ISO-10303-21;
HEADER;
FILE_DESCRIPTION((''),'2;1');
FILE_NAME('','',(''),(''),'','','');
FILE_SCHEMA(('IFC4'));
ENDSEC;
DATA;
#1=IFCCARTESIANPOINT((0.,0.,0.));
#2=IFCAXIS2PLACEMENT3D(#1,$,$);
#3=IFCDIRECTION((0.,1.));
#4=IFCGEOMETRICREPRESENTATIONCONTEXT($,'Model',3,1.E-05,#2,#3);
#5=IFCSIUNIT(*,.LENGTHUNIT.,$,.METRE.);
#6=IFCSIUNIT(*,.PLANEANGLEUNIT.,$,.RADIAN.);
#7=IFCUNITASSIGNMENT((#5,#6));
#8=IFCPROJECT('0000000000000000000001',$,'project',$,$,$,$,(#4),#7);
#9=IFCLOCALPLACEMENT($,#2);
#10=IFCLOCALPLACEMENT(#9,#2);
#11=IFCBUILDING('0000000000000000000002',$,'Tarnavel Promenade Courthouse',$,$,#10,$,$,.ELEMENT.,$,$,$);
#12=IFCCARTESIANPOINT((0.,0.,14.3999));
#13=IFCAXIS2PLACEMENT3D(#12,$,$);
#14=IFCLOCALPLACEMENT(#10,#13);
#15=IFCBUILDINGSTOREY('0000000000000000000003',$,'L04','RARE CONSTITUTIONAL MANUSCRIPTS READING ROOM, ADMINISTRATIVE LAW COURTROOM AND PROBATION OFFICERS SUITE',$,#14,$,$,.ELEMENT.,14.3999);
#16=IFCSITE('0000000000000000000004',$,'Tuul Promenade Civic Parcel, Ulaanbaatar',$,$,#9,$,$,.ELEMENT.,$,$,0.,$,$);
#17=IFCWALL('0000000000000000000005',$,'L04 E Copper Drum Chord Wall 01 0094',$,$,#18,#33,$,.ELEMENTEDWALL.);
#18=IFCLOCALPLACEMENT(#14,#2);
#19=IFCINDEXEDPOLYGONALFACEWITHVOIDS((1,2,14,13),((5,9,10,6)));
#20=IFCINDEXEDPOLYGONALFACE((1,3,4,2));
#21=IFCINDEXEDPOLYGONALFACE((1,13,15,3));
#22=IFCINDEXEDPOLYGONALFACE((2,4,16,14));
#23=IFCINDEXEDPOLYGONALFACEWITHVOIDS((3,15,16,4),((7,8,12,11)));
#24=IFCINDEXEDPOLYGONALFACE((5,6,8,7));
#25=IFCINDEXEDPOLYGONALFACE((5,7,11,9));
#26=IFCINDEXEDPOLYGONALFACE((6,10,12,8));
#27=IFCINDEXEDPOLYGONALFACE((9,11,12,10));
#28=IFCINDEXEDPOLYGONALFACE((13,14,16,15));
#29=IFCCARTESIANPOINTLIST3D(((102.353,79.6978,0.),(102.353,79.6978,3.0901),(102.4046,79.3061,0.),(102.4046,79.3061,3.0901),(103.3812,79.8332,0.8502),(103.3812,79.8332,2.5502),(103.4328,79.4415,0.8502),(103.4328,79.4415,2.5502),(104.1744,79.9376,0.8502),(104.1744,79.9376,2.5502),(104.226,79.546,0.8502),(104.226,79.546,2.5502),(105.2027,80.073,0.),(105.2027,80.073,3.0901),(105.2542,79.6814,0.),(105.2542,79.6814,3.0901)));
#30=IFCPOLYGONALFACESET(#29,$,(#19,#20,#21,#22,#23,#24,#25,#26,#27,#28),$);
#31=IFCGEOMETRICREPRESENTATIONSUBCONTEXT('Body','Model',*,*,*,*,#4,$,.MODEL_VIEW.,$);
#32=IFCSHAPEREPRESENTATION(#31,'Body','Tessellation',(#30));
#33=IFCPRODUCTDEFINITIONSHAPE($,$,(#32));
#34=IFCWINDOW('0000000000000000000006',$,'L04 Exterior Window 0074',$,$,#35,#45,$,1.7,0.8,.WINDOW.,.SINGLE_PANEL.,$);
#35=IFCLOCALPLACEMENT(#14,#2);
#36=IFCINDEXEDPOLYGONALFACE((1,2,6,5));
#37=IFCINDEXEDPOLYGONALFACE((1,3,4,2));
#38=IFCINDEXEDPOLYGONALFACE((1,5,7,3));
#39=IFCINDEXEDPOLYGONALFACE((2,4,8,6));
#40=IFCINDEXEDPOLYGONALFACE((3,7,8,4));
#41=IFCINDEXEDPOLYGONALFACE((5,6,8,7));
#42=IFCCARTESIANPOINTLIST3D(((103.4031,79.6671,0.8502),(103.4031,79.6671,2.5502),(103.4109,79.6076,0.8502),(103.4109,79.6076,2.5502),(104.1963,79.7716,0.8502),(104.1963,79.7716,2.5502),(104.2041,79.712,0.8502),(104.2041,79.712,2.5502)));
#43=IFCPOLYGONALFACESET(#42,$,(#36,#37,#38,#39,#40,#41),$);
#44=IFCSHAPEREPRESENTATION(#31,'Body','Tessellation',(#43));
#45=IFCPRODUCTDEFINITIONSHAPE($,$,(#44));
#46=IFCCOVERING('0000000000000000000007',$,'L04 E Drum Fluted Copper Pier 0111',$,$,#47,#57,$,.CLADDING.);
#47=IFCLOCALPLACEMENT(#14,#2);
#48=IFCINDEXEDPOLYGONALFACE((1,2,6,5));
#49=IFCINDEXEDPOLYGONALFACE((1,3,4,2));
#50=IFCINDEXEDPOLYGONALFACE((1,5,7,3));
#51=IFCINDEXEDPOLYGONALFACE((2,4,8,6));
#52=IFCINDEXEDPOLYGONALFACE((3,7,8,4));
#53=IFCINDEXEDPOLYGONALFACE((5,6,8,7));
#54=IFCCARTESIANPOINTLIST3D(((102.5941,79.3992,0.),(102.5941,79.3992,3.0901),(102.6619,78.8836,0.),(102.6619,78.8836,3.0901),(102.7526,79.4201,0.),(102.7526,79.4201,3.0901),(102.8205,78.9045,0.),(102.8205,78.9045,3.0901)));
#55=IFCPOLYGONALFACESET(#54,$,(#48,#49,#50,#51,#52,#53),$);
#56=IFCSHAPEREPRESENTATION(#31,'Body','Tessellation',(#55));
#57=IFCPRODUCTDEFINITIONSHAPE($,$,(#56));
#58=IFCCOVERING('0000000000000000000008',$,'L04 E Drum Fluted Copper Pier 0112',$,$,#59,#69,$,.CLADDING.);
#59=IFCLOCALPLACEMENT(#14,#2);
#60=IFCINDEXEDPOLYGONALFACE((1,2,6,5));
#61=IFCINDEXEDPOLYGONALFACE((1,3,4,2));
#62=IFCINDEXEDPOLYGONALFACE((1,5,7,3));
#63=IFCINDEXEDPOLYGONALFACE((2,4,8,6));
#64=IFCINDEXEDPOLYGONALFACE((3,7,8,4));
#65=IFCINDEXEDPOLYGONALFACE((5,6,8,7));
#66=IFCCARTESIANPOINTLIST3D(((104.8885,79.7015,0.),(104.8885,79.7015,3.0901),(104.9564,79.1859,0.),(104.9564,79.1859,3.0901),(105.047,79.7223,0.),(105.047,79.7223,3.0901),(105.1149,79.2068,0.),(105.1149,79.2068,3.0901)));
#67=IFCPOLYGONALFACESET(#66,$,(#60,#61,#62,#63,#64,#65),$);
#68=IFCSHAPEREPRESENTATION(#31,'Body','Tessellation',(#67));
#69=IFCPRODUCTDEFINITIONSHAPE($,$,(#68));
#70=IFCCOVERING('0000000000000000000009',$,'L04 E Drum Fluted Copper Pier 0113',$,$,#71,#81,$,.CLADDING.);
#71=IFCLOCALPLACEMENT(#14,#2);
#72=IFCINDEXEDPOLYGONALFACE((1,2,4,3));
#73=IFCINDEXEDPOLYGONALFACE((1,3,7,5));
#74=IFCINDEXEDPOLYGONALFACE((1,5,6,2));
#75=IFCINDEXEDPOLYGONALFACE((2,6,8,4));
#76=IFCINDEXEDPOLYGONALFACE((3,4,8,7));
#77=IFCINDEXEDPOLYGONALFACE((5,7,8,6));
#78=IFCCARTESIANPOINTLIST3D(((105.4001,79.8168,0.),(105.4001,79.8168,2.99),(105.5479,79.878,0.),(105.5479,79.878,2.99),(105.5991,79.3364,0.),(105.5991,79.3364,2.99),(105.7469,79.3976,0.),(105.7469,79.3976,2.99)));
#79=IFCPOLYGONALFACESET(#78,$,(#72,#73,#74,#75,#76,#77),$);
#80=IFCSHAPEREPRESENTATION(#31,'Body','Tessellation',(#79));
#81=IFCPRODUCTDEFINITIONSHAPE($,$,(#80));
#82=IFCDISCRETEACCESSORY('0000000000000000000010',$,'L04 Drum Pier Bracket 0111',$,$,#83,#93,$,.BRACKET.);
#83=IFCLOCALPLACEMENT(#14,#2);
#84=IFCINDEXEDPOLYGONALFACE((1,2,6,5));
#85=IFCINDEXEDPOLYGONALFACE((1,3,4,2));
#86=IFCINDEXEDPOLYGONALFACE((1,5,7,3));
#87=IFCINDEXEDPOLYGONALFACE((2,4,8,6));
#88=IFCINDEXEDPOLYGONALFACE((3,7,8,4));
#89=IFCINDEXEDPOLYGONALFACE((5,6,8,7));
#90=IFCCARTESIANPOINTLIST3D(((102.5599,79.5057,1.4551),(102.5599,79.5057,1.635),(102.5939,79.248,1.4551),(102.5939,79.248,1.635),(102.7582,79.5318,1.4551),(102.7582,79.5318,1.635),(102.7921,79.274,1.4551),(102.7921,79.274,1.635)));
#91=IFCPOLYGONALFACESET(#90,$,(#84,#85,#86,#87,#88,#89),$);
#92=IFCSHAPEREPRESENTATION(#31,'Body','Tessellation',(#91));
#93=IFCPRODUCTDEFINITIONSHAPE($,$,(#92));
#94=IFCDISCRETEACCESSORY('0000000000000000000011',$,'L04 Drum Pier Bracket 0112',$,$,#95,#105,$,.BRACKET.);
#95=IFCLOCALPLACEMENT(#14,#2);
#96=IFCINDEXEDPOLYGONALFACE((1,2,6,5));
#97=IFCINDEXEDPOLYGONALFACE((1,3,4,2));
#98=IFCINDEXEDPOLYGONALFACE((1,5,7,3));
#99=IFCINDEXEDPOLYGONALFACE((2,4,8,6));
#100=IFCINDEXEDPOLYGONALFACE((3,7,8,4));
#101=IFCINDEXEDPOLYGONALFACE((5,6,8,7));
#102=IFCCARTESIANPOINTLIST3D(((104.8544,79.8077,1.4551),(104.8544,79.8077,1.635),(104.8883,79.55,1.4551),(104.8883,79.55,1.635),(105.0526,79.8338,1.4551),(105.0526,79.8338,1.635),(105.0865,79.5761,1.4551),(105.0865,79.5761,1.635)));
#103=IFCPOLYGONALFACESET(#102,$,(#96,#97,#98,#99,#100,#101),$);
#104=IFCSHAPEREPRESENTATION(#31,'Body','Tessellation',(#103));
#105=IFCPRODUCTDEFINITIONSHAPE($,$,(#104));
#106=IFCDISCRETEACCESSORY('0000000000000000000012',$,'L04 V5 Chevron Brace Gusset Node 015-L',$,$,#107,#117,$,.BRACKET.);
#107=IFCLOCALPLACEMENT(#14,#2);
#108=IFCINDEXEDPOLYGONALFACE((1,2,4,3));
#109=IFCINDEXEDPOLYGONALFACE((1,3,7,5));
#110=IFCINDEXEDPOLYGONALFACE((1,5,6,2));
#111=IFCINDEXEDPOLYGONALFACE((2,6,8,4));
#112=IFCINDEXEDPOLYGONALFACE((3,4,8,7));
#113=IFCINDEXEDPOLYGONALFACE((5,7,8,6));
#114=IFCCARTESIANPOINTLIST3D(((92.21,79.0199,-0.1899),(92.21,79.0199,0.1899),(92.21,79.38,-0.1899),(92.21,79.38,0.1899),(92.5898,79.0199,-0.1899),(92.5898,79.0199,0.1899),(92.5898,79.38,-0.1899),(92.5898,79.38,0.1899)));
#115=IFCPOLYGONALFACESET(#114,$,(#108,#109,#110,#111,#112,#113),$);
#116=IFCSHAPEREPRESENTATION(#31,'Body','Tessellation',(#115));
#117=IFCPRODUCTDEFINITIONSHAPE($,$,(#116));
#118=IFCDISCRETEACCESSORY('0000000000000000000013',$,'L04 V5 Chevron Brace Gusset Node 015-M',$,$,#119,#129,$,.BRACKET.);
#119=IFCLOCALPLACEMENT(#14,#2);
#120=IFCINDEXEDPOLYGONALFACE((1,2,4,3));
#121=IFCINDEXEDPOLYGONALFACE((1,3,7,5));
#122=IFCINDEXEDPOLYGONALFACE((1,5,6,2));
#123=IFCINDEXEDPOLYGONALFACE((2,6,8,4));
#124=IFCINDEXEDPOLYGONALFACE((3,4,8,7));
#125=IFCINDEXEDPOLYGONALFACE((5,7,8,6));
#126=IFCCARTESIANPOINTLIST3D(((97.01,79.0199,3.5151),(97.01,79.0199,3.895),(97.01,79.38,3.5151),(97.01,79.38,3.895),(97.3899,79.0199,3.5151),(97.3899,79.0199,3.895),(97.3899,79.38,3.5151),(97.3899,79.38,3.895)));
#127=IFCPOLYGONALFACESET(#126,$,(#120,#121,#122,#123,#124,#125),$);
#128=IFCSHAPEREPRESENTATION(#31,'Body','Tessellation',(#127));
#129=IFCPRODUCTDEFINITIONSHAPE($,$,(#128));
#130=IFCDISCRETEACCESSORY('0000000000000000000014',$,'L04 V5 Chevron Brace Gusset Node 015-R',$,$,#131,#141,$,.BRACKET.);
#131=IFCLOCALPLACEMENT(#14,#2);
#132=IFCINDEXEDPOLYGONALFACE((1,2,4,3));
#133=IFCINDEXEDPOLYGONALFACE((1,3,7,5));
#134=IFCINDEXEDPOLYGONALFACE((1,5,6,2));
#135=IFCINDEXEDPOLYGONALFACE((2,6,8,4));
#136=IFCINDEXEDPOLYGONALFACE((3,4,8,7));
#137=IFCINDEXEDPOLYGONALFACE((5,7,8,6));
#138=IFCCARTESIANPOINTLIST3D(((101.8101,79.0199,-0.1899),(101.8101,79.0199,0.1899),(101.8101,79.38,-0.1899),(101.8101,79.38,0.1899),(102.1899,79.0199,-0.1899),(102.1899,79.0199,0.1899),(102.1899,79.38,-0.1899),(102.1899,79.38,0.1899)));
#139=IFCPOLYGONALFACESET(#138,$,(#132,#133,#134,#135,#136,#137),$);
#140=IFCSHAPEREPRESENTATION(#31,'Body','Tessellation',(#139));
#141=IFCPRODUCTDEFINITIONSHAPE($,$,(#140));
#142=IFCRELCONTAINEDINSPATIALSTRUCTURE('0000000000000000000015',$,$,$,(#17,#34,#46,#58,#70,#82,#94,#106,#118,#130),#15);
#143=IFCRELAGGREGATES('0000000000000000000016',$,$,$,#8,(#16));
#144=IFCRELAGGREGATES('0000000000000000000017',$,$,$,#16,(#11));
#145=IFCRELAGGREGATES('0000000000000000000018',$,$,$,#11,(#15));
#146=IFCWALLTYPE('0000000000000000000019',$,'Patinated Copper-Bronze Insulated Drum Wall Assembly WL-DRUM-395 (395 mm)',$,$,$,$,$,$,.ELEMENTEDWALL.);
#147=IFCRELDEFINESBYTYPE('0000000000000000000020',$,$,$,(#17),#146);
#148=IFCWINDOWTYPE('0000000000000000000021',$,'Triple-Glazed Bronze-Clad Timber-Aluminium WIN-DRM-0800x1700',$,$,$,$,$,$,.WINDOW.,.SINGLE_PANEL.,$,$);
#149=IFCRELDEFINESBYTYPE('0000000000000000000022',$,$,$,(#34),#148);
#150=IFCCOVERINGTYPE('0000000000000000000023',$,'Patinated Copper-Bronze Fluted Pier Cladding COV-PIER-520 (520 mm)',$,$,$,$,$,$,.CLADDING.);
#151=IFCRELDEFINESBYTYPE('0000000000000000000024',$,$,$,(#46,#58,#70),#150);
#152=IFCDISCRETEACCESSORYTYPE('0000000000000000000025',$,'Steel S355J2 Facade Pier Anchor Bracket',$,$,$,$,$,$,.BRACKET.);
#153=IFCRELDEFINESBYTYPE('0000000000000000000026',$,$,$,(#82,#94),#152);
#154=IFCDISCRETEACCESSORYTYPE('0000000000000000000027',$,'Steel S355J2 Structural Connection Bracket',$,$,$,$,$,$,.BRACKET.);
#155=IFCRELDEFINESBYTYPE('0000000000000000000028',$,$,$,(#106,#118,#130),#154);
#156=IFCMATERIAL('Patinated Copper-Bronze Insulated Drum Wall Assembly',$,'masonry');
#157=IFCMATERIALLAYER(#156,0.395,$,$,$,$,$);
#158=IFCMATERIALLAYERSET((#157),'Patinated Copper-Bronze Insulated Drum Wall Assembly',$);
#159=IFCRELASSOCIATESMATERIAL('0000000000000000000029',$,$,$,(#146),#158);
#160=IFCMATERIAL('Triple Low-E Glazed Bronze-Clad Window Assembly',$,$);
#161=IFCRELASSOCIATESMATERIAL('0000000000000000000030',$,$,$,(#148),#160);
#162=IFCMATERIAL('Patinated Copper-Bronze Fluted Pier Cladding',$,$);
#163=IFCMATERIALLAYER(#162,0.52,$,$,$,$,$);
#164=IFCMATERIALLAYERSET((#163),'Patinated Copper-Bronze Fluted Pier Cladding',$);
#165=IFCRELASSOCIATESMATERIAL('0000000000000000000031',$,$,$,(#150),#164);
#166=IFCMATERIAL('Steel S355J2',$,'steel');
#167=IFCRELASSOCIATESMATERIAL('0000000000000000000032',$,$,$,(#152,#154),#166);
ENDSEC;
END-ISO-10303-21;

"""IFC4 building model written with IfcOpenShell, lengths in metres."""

from ifc_helpers import new_model, si_unit, direction, frame, frame_2d, origin, origin_2d, place, context, subcontext, project, spatial, rectangle, extrude, material, layer, layer_set, type_object, element, fill, save


model = new_model("IFC4")

# Units and contexts
model_context = context("Model", 3, precision=1e-05, world=origin(), true_north=direction((0.0, 1.0)))
body_context = subcontext(model_context, "Body", "Model", "MODEL_VIEW")
ifc_project = project(units=[si_unit("LENGTHUNIT", "METRE"), si_unit("PLANEANGLEUNIT", "RADIAN")], contexts=[model_context])

# Site, building, storey
site_placement = place(None, origin())
site = spatial("IfcSite", under=ifc_project, at=site_placement, Name="Tuul Promenade Civic Parcel, Ulaanbaatar", CompositionType="ELEMENT", RefElevation=0.0)
building_placement = place(site_placement, origin())
building = spatial("IfcBuilding", under=site, at=building_placement, Name="Tarnavel Promenade Courthouse", CompositionType="ELEMENT")
storey_placement = place(building_placement, frame((0.0, 0.0, 14.3999)))
storey = spatial("IfcBuildingStorey", under=building, at=storey_placement, Name="L04", Description="RARE CONSTITUTIONAL MANUSCRIPTS READING ROOM, ADMINISTRATIVE LAW COURTROOM AND PROBATION OFFICERS SUITE", CompositionType="ELEMENT", Elevation=14.3999)

# Shared definitions
ifc_material_1 = material(Name="Steel S355J2", Category="steel")

# Wall, opening, window
ifc_material_2 = material(Name="Patinated Copper-Bronze Insulated Drum Wall Assembly", Category="masonry")
ifc_layer_1 = layer(ifc_material_2, 0.395)
ifc_layer_set_1 = layer_set([ifc_layer_1], Name="Patinated Copper-Bronze Insulated Drum Wall Assembly")
wall_type_1 = type_object("IfcWallType", Name="Patinated Copper-Bronze Insulated Drum Wall Assembly WL-DRUM-395 (395 mm)", PredefinedType="ELEMENTEDWALL", material=ifc_layer_set_1)
wall_1_placement = place(storey_placement, frame((102.3789, 79.502, 0.0), z_axis=(0.0, 0.0, 1.0), x_axis=(0.991441, 0.130556, 0.0)))
wall_1 = element("IfcWall", 1, at=wall_1_placement, inside=storey, type_object=wall_type_1, Name="L04 E Copper Drum Chord Wall 01 0094", PredefinedType="ELEMENTEDWALL", context=body_context, shape_type="SweptSolid", body=[
    extrude(rectangle(XDim=2.8743, YDim=0.395, at=frame_2d((1.437, 0.0))), origin(), (0.0, 0.0, 1.0), 3.0901),
])
opening_placement = place(wall_1_placement, frame((1.0371, 0.0, 0.8501)))
opening = element("IfcOpeningElement", 2, at=opening_placement, cuts=wall_1, PredefinedType="OPENING", context=body_context, shape_type="SweptSolid", body=[
    extrude(rectangle(XDim=0.8, YDim=1.7, at=frame_2d((0.3999, 0.8501))), frame((0.0, 0.2075, 0.0), z_axis=(0.0, -1.0, 0.0), x_axis=(1.0, 0.0, 0.0)), (0.0, 0.0, 1.0), 0.415),
])
ifc_material_3 = material(Name="Triple Low-E Glazed Bronze-Clad Window Assembly")
window_type = type_object("IfcWindowType", Name="Triple-Glazed Bronze-Clad Timber-Aluminium WIN-DRM-0800x1700", PartitioningType="SINGLE_PANEL", PredefinedType="WINDOW", material=ifc_material_3)
window_placement = place(opening_placement, origin())
window = element("IfcWindow", 3, at=window_placement, inside=storey, type_object=window_type, Name="L04 Exterior Window 0074", OverallHeight=1.7, OverallWidth=0.8, PartitioningType="SINGLE_PANEL", PredefinedType="WINDOW", context=body_context, shape_type="SweptSolid", body=[
    extrude(rectangle(XDim=0.8, YDim=1.7, at=frame_2d((0.3999, 0.8501))), frame((0.0, 0.03, 0.0), z_axis=(0.0, -1.0, 0.0), x_axis=(1.0, 0.0, 0.0)), (0.0, 0.0, 1.0), 0.0601),
])
fill(opening, window)

# Coverings
ifc_material_4 = material(Name="Patinated Copper-Bronze Fluted Pier Cladding")
ifc_layer_2 = layer(ifc_material_4, 0.52)
ifc_layer_set_2 = layer_set([ifc_layer_2], Name="Patinated Copper-Bronze Fluted Pier Cladding")
covering_type = type_object("IfcCoveringType", Name="Patinated Copper-Bronze Fluted Pier Cladding COV-PIER-520 (520 mm)", PredefinedType="CLADDING", material=ifc_layer_set_2)
for number, where, z_axis, x_axis, name in (
    (4, (102.7073, 79.1519, 0.0), (0.0, 0.0, 1.0), (0.991445, 0.130526, 0.0), "L04 E Drum Fluted Copper Pier 0111"),
    (5, (105.0017, 79.4541, 0.0), (0.0, 0.0, 1.0), (0.991445, 0.130526, 0.0), "L04 E Drum Fluted Copper Pier 0112"),
):
    element("IfcCovering", number, at=place(storey_placement, frame(where, z_axis=z_axis, x_axis=x_axis)), inside=storey, type_object=covering_type, Name=name, PredefinedType="CLADDING", context=body_context, shape_type="SweptSolid", body=[
        extrude(rectangle(XDim=0.1599, YDim=0.52, at=origin_2d()), origin(), (0.0, 0.0, 1.0), 3.0901),
    ])
covering_placement = place(storey_placement, frame((105.5735, 79.6072, 0.0), z_axis=(0.0, 0.0, 1.0), x_axis=(0.92388, 0.382683, 0.0)))
element("IfcCovering", 6, at=covering_placement, inside=storey, type_object=covering_type, Name="L04 E Drum Fluted Copper Pier 0113", PredefinedType="CLADDING", context=body_context, shape_type="SweptSolid", body=[
    extrude(rectangle(XDim=0.1599, YDim=0.52, at=origin_2d()), origin(), (0.0, 0.0, 1.0), 2.99),
])

# Discrete accessories
discrete_accessory_type_1 = type_object("IfcDiscreteAccessoryType", Name="Steel S355J2 Facade Pier Anchor Bracket", PredefinedType="BRACKET", material=ifc_material_1)
for number, where, z_axis, x_axis, name in (
    (7, (102.676, 79.3899, 1.4551), (0.0, 0.0, 1.0), (0.991445, 0.130526, 0.0), "L04 Drum Pier Bracket 0111"),
    (8, (104.9705, 79.6919, 1.4551), (0.0, 0.0, 1.0), (0.991445, 0.130526, 0.0), "L04 Drum Pier Bracket 0112"),
):
    element("IfcDiscreteAccessory", number, at=place(storey_placement, frame(where, z_axis=z_axis, x_axis=x_axis)), inside=storey, type_object=discrete_accessory_type_1, Name=name, PredefinedType="BRACKET", context=body_context, shape_type="SweptSolid", body=[
        extrude(rectangle(XDim=0.2, YDim=0.26, at=origin_2d()), origin(), (0.0, 0.0, 1.0), 0.1799),
    ])
discrete_accessory_type_2 = type_object("IfcDiscreteAccessoryType", Name="Steel S355J2 Structural Connection Bracket", PredefinedType="BRACKET", material=ifc_material_1)
for number, where, z_axis, x_axis, name in (
    (9, (92.3999, 79.2, -0.1899), (0.0, 0.0, 1.0), (1.0, 0.0, 0.0), "L04 V5 Chevron Brace Gusset Node 015-L"),
    (10, (97.2, 79.2, 3.5151), (0.0, 0.0, 1.0), (1.0, 0.0, 0.0), "L04 V5 Chevron Brace Gusset Node 015-M"),
    (11, (102.0, 79.2, -0.1899), (0.0, 0.0, 1.0), (1.0, 0.0, 0.0), "L04 V5 Chevron Brace Gusset Node 015-R"),
):
    element("IfcDiscreteAccessory", number, at=place(storey_placement, frame(where, z_axis=z_axis, x_axis=x_axis)), inside=storey, type_object=discrete_accessory_type_2, Name=name, PredefinedType="BRACKET", context=body_context, shape_type="SweptSolid", body=[
        extrude(rectangle(XDim=0.3799, YDim=0.3601, at=origin_2d()), origin(), (0.0, 0.0, 1.0), 0.3799),
    ])

save(model, "model.ifc")
